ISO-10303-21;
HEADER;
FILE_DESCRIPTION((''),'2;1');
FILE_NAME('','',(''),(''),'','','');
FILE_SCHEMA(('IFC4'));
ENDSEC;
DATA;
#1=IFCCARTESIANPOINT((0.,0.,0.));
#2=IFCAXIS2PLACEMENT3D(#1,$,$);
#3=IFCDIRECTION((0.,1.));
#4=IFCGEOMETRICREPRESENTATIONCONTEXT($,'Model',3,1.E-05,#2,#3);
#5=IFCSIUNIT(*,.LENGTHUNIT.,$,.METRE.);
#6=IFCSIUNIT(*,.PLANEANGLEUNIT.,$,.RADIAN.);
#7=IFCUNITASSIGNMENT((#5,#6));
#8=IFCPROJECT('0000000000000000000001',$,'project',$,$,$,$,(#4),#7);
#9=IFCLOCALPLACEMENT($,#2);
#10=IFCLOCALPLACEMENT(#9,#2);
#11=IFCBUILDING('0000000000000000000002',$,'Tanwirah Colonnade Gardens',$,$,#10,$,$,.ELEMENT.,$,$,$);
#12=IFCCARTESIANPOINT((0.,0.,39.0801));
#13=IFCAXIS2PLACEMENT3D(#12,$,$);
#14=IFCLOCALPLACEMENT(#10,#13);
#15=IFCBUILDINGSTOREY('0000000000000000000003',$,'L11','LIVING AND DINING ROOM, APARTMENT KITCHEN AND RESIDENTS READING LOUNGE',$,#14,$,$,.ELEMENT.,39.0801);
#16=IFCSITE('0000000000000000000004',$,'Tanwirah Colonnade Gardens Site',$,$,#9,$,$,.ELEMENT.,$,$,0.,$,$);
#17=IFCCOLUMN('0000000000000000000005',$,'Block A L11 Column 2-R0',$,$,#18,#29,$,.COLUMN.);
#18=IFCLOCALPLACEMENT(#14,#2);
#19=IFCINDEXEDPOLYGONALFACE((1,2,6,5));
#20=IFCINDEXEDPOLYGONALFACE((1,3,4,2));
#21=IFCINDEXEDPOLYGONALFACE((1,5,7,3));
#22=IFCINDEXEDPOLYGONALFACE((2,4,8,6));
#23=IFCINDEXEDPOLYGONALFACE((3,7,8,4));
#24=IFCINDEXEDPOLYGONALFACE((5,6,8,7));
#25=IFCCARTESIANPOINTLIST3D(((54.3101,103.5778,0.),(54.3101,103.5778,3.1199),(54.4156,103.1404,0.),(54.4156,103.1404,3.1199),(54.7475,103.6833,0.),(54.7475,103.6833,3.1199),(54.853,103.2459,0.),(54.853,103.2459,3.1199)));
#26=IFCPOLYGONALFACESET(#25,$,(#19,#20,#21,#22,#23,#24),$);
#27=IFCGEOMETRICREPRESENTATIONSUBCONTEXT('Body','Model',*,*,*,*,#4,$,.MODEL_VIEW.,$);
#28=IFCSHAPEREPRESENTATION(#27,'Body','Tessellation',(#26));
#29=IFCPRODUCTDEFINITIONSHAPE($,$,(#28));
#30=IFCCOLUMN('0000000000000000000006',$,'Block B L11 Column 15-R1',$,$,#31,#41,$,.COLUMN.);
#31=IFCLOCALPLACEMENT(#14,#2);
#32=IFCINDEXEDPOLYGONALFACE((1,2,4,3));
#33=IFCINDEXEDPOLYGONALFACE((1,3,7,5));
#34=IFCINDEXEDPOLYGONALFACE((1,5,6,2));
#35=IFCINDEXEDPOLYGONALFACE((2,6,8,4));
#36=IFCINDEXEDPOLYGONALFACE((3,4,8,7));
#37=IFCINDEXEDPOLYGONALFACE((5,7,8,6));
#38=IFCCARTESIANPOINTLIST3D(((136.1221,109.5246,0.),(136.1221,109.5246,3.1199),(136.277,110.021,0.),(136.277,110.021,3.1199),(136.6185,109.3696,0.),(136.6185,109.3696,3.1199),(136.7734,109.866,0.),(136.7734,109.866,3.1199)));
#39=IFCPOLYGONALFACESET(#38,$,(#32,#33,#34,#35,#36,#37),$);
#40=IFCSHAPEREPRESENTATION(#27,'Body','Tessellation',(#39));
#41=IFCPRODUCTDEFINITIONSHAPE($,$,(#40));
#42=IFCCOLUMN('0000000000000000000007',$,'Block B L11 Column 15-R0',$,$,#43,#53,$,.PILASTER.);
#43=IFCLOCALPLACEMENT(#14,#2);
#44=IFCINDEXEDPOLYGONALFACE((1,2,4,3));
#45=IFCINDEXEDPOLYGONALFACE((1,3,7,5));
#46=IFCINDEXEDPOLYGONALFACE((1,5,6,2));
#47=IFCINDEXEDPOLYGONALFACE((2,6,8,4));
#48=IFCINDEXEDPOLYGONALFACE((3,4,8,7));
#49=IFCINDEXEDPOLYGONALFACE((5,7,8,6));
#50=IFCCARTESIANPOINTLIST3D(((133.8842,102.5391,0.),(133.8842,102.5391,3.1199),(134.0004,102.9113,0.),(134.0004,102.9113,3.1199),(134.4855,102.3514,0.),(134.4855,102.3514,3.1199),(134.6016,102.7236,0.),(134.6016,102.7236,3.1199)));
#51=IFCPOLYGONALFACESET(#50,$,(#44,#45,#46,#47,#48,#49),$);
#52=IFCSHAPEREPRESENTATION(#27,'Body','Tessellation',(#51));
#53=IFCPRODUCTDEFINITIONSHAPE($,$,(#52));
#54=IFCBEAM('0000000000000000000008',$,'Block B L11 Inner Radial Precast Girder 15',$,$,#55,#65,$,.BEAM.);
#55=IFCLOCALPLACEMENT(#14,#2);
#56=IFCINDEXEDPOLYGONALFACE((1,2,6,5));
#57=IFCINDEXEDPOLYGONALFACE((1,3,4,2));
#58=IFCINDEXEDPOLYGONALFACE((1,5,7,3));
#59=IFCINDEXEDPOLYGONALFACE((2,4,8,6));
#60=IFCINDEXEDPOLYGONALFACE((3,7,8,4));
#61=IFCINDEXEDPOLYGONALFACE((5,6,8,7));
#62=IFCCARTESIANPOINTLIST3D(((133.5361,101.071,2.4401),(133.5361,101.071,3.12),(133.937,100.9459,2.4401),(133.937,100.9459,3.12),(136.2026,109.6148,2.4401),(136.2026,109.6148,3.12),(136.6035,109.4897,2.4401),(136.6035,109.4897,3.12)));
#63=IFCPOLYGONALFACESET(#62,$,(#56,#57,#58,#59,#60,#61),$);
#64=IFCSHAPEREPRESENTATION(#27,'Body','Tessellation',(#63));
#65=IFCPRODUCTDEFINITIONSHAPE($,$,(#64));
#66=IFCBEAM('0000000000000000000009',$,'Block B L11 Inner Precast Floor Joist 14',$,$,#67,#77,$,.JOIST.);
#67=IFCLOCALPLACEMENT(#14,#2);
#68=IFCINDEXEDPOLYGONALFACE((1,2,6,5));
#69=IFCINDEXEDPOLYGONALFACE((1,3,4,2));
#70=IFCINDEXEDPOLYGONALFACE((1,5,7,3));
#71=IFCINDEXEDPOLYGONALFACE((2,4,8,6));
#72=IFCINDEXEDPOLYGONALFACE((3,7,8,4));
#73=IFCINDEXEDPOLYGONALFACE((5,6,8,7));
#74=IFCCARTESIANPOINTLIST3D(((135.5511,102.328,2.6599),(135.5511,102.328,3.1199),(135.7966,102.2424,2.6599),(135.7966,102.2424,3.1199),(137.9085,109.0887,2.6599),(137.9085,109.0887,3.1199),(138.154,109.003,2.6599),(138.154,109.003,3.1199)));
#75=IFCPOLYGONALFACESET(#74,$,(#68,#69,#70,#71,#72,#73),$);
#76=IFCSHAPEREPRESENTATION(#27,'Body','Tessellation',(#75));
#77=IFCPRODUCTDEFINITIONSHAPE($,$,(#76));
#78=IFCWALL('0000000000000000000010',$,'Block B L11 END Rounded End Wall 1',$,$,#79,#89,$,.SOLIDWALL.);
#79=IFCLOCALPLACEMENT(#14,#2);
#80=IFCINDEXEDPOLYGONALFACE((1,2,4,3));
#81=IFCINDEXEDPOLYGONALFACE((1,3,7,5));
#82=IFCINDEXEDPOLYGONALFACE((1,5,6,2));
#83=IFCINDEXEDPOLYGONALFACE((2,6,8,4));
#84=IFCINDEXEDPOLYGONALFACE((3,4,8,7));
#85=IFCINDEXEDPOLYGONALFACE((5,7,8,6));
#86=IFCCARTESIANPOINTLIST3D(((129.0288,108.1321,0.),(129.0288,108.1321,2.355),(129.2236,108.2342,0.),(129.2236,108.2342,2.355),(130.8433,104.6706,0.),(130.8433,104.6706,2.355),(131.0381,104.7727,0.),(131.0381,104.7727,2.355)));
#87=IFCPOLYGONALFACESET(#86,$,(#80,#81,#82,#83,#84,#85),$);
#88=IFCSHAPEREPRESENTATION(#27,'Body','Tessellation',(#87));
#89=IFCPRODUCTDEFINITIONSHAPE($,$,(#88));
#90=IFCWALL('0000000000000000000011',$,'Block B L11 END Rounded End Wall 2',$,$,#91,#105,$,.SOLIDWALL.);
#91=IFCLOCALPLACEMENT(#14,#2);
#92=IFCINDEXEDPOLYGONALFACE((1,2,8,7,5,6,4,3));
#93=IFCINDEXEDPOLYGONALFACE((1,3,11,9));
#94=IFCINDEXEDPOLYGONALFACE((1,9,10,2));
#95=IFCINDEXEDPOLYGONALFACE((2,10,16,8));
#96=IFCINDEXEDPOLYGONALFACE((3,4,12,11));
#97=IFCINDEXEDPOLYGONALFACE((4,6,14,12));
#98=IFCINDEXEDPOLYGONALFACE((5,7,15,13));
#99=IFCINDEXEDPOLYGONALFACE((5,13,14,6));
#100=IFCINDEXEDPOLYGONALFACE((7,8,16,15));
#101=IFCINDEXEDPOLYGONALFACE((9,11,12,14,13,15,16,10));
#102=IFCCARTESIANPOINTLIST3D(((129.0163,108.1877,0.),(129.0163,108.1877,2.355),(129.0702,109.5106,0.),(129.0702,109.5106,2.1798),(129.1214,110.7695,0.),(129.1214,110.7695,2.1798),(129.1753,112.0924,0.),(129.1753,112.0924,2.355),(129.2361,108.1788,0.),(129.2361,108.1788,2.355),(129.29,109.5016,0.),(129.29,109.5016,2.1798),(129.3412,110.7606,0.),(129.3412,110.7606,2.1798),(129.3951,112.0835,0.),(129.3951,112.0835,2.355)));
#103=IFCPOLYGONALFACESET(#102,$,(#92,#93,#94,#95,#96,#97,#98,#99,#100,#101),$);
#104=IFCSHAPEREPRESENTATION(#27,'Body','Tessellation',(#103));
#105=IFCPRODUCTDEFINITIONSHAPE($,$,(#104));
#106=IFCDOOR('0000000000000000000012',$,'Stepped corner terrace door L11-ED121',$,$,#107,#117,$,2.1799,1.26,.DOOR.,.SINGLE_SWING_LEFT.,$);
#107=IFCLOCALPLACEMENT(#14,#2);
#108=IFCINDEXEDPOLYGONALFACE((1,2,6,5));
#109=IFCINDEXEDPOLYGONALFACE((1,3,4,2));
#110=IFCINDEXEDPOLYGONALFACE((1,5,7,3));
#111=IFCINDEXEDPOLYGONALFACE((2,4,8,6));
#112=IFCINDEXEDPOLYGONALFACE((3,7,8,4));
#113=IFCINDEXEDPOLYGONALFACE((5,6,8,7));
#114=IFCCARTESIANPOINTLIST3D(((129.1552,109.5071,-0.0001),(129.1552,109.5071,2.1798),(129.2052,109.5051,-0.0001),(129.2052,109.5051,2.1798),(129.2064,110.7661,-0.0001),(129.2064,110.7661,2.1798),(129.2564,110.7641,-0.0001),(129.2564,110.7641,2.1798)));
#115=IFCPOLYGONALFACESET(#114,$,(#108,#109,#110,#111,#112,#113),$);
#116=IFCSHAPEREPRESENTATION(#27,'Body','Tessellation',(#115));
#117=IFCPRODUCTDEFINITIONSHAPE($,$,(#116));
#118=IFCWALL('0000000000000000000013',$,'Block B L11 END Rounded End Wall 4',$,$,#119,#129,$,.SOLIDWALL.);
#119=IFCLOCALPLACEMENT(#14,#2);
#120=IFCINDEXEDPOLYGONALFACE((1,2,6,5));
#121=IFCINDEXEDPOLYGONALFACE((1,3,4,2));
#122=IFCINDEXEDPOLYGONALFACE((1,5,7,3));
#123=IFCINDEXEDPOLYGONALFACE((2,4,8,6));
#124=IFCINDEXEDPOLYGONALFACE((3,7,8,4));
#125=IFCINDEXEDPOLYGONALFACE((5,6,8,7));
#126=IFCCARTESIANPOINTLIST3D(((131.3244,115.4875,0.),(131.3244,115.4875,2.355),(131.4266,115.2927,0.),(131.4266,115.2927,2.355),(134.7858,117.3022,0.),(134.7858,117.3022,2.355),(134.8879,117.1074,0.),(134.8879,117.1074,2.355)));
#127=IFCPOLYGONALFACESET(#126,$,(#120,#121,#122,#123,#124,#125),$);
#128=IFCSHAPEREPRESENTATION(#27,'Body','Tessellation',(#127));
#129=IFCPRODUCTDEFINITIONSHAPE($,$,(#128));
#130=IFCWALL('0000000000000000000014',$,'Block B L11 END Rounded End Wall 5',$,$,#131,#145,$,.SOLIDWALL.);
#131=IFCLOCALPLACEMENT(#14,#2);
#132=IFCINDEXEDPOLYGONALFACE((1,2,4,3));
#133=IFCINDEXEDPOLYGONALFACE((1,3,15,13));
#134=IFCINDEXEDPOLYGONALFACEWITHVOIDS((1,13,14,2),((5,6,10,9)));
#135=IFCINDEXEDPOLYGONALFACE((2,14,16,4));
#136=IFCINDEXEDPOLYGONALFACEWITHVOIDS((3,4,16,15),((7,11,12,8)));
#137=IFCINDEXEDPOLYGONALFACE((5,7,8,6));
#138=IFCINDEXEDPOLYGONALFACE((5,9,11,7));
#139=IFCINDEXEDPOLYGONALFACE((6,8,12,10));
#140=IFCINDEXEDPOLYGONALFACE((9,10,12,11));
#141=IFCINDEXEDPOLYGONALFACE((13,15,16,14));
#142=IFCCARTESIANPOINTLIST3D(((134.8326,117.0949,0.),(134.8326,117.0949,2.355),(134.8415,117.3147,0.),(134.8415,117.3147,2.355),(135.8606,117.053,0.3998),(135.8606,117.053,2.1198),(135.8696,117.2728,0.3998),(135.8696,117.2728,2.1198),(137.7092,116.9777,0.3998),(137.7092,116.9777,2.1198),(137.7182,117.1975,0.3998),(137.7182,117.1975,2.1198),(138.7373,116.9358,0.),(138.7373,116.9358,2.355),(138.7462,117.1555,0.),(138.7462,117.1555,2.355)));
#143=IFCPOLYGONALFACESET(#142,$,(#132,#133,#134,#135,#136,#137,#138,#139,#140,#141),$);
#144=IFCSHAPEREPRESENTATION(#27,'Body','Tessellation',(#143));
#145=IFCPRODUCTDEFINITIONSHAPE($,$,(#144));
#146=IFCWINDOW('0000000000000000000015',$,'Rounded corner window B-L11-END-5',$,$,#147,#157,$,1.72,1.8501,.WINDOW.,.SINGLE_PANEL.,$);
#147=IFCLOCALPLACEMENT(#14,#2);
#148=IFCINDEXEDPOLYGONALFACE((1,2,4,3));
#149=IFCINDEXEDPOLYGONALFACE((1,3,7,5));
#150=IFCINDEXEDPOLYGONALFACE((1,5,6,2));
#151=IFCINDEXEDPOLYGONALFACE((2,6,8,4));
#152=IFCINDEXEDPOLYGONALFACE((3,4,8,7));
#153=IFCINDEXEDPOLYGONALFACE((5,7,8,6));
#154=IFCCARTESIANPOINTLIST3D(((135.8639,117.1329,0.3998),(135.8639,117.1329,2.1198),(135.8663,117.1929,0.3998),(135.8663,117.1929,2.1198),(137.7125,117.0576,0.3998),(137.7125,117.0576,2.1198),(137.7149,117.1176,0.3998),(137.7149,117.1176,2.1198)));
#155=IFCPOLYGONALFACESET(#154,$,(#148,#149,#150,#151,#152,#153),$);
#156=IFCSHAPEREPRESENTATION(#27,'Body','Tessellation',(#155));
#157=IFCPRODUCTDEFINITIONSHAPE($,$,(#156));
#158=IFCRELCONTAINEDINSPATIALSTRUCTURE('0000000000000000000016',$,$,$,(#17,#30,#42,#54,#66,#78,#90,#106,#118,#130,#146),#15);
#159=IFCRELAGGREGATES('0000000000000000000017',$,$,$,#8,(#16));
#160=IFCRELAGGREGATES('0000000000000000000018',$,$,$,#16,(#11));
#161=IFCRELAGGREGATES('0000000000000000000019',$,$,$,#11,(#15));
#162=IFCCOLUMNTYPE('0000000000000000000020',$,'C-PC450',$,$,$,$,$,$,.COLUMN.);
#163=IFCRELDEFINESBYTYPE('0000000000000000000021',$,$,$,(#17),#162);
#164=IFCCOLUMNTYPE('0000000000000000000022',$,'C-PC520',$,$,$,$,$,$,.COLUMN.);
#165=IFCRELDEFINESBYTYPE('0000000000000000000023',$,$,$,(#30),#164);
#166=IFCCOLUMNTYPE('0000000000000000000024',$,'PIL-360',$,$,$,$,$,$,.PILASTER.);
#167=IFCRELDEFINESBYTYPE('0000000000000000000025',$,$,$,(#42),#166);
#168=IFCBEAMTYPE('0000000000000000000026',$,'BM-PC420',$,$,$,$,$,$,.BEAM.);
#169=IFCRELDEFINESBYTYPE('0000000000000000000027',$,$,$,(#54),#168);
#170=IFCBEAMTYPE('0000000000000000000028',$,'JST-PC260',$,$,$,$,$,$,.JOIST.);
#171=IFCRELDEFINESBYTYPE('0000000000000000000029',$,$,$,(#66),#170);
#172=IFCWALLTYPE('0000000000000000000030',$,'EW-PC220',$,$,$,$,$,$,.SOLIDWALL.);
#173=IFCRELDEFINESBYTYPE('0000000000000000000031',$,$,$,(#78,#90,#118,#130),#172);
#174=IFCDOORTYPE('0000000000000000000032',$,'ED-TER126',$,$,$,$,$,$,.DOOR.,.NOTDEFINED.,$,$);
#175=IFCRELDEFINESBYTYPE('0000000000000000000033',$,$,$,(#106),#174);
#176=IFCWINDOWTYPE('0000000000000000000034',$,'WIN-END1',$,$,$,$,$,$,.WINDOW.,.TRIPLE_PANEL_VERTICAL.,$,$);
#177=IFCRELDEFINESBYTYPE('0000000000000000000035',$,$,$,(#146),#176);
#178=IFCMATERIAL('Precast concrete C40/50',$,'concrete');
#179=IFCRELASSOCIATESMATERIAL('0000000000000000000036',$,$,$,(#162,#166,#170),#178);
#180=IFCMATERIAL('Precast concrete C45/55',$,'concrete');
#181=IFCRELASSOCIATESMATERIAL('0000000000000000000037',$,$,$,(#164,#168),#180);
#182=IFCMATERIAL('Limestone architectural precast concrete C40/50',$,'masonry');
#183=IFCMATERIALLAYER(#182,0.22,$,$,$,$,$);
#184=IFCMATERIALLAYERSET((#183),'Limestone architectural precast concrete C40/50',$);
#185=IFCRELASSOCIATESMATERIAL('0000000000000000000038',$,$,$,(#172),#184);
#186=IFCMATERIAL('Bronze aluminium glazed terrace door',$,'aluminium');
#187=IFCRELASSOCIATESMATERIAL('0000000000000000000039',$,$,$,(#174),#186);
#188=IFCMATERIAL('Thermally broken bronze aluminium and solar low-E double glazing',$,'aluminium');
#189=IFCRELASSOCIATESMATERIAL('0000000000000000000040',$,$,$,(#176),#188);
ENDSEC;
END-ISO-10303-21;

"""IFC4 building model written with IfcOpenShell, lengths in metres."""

from ifc_helpers import new_model, si_unit, direction, frame, frame_2d, origin, origin_2d, place, context, subcontext, project, spatial, rectangle, extrude, material, layer, layer_set, material_profile, profile_set, type_object, element, fill, save


model = new_model("IFC4")

# Units and contexts
model_context = context("Model", 3, precision=1e-05, world=origin(), true_north=direction((0.0, 1.0)))
body_context = subcontext(model_context, "Body", "Model", "MODEL_VIEW")
ifc_project = project(units=[si_unit("LENGTHUNIT", "METRE"), si_unit("PLANEANGLEUNIT", "RADIAN")], contexts=[model_context])

# Site, building, storey
site_placement = place(None, origin())
site = spatial("IfcSite", under=ifc_project, at=site_placement, Name="Tanwirah Colonnade Gardens Site", CompositionType="ELEMENT", RefElevation=0.0)
building_placement = place(site_placement, origin())
building = spatial("IfcBuilding", under=site, at=building_placement, Name="Tanwirah Colonnade Gardens", CompositionType="ELEMENT")
storey_placement = place(building_placement, frame((0.0, 0.0, 39.0801)))
storey = spatial("IfcBuildingStorey", under=building, at=storey_placement, Name="L11", Description="LIVING AND DINING ROOM, APARTMENT KITCHEN AND RESIDENTS READING LOUNGE", CompositionType="ELEMENT", Elevation=39.0801)

# Columns
ifc_material_1 = material(Name="Precast concrete C40/50", Category="concrete")
ifc_material_profile_1 = material_profile(ifc_material_1, rectangle(XDim=0.45, YDim=0.45, at=origin_2d()), Name="PC-COL 450x450")
ifc_profile_set_1 = profile_set([ifc_material_profile_1], Name="Precast concrete C40/50")
column_type_1 = type_object("IfcColumnType", Name="C-PC450", PredefinedType="COLUMN", material=ifc_profile_set_1)
column_1_placement = place(storey_placement, frame((54.5815, 103.4119, 0.0), z_axis=(0.0, 0.0, 1.0), x_axis=(-0.234388, 0.972143, 0.0)))
element("IfcColumn", 1, at=column_1_placement, inside=storey, type_object=column_type_1, Name="Block A L11 Column 2-R0", PredefinedType="COLUMN", context=body_context, shape_type="SweptSolid", body=[
    extrude(rectangle(XDim=0.45, YDim=0.45, at=origin_2d()), origin(), (0.0, 0.0, 1.0), 3.1199),
])
ifc_material_2 = material(Name="Precast concrete C45/55", Category="concrete")
ifc_material_profile_2 = material_profile(ifc_material_2, rectangle(XDim=0.52, YDim=0.52, at=origin_2d()), Name="PC-COL 520x520")
ifc_profile_set_2 = profile_set([ifc_material_profile_2], Name="Precast concrete C45/55")
column_type_2 = type_object("IfcColumnType", Name="C-PC520", PredefinedType="COLUMN", material=ifc_profile_set_2)
column_2_placement = place(storey_placement, frame((136.4478, 109.6953, 0.0), z_axis=(0.0, 0.0, 1.0), x_axis=(0.29793, 0.954588, 0.0)))
element("IfcColumn", 2, at=column_2_placement, inside=storey, type_object=column_type_2, Name="Block B L11 Column 15-R1", PredefinedType="COLUMN", context=body_context, shape_type="SweptSolid", body=[
    extrude(rectangle(XDim=0.52, YDim=0.52, at=origin_2d()), origin(), (0.0, 0.0, 1.0), 3.1199),
])
ifc_material_profile_3 = material_profile(ifc_material_1, rectangle(XDim=0.3899, YDim=0.6299, at=origin_2d()), Name="PC-PIL 390x630")
ifc_profile_set_3 = profile_set([ifc_material_profile_3], Name="Precast concrete C40/50")
column_type_3 = type_object("IfcColumnType", Name="PIL-360", PredefinedType="PILASTER", material=ifc_profile_set_3)
column_3_placement = place(storey_placement, frame((134.2429, 102.6313, 0.0), z_axis=(0.0, 0.0, 1.0), x_axis=(0.29793, 0.954588, 0.0)))
element("IfcColumn", 3, at=column_3_placement, inside=storey, type_object=column_type_3, Name="Block B L11 Column 15-R0", PredefinedType="PILASTER", context=body_context, shape_type="SweptSolid", body=[
    extrude(rectangle(XDim=0.3899, YDim=0.6299, at=origin_2d()), origin(), (0.0, 0.0, 1.0), 3.1199),
])

# Beams
ifc_material_profile_4 = material_profile(ifc_material_2, rectangle(XDim=0.4199, YDim=0.6799, at=origin_2d()), Name="PC-BM 420x680")
ifc_profile_set_4 = profile_set([ifc_material_profile_4], Name="Precast concrete C45/55")
beam_type_1 = type_object("IfcBeamType", Name="BM-PC420", PredefinedType="BEAM", material=ifc_profile_set_4)
beam_1_placement = place(storey_placement, frame((136.4031, 109.5522, 2.78), z_axis=(-0.297929, -0.954588, 0.0), x_axis=(0.954588, -0.297929, 0.0)))
element("IfcBeam", 4, at=beam_1_placement, inside=storey, type_object=beam_type_1, Name="Block B L11 Inner Radial Precast Girder 15", PredefinedType="BEAM", context=body_context, shape_type="SweptSolid", body=[
    extrude(rectangle(XDim=0.4199, YDim=0.6799, at=origin_2d()), origin(), (0.0, 0.0, 1.0), 8.9502),
])
ifc_material_profile_5 = material_profile(ifc_material_1, rectangle(XDim=0.26, YDim=0.46, at=origin_2d()), Name="PC-JST 260x460")
ifc_profile_set_5 = profile_set([ifc_material_profile_5], Name="Precast concrete C40/50")
beam_type_2 = type_object("IfcBeamType", Name="JST-PC260", PredefinedType="JOIST", material=ifc_profile_set_5)
beam_2_placement = place(storey_placement, frame((135.6738, 102.2852, 2.8899), z_axis=(0.329251, 0.944243, 0.0), x_axis=(-0.944243, 0.329251, 0.0)))
element("IfcBeam", 5, at=beam_2_placement, inside=storey, type_object=beam_type_2, Name="Block B L11 Inner Precast Floor Joist 14", PredefinedType="JOIST", context=body_context, shape_type="SweptSolid", body=[
    extrude(rectangle(XDim=0.26, YDim=0.46, at=origin_2d()), origin(), (0.0, 0.0, 1.0), 7.1599),
])

# Wall
ifc_material_3 = material(Name="Limestone architectural precast concrete C40/50", Category="masonry")
ifc_layer_1 = layer(ifc_material_3, 0.22)
ifc_layer_set_1 = layer_set([ifc_layer_1], Name="Limestone architectural precast concrete C40/50")
wall_type_1 = type_object("IfcWallType", Name="EW-PC220", PredefinedType="SOLIDWALL", material=ifc_layer_set_1)
wall_1_placement = place(storey_placement, frame((130.9407, 104.7217, 0.0), z_axis=(0.0, 0.0, 1.0), x_axis=(-0.464273, 0.885692, 0.0)))
element("IfcWall", 6, at=wall_1_placement, inside=storey, type_object=wall_type_1, Name="Block B L11 END Rounded End Wall 1", PredefinedType="SOLIDWALL", context=body_context, shape_type="SweptSolid", body=[
    extrude(rectangle(XDim=3.9082, YDim=0.22, at=frame_2d((1.9541, 0.0))), origin(), (0.0, 0.0, 1.0), 2.355),
])

# Wall, opening, door
wall_2_placement = place(storey_placement, frame((129.1262, 108.1831, 0.0), z_axis=(0.0, 0.0, 1.0), x_axis=(0.040669, 0.999173, 0.0)))
wall_2 = element("IfcWall", 7, at=wall_2_placement, inside=storey, type_object=wall_type_1, Name="Block B L11 END Rounded End Wall 2", PredefinedType="SOLIDWALL", context=body_context, shape_type="SweptSolid", body=[
    extrude(rectangle(XDim=3.908, YDim=0.22, at=frame_2d((1.9541, 0.0))), origin(), (0.0, 0.0, 1.0), 2.355),
])
opening_1_placement = place(wall_2_placement, frame((1.3242, 0.0, 0.0)))
opening_1 = element("IfcOpeningElement", 8, at=opening_1_placement, cuts=wall_2, PredefinedType="OPENING", context=body_context, shape_type="SweptSolid", body=[
    extrude(rectangle(XDim=1.26, YDim=2.1799, at=frame_2d((0.6299, 1.0898))), frame((0.0, 0.1199, 0.0), z_axis=(0.0, -1.0, 0.0), x_axis=(1.0, 0.0, 0.0)), (0.0, 0.0, 1.0), 0.24),
])
ifc_material_4 = material(Name="Bronze aluminium glazed terrace door", Category="aluminium")
door_type = type_object("IfcDoorType", Name="ED-TER126", OperationType="NOTDEFINED", PredefinedType="DOOR", material=ifc_material_4)
door_1_placement = place(opening_1_placement, origin())
door_1 = element("IfcDoor", 9, at=door_1_placement, inside=storey, type_object=door_type, Name="Stepped corner terrace door L11-ED121", OperationType="SINGLE_SWING_LEFT", OverallHeight=2.1799, OverallWidth=1.26, PredefinedType="DOOR", context=body_context, shape_type="SweptSolid", body=[
    extrude(rectangle(XDim=1.26, YDim=2.1799, at=frame_2d((0.6299, 1.0898))), frame((0.0, 0.0249, 0.0), z_axis=(0.0, -1.0, 0.0), x_axis=(1.0, 0.0, 0.0)), (0.0, 0.0, 1.0), 0.05),
])
fill(opening_1, door_1)

# Wall
wall_3_placement = place(storey_placement, frame((131.3755, 115.3901, 0.0), z_axis=(0.0, 0.0, 1.0), x_axis=(0.885666, 0.464322, 0.0)))
element("IfcWall", 10, at=wall_3_placement, inside=storey, type_object=wall_type_1, Name="Block B L11 END Rounded End Wall 4", PredefinedType="SOLIDWALL", context=body_context, shape_type="SweptSolid", body=[
    extrude(rectangle(XDim=3.9082, YDim=0.22, at=frame_2d((1.9541, 0.0))), origin(), (0.0, 0.0, 1.0), 2.355),
])

# Wall, opening, window
wall_4_placement = place(storey_placement, frame((134.8369, 117.2048, 0.0), z_axis=(0.0, 0.0, 1.0), x_axis=(0.99917, -0.040731, 0.0)))
wall_4 = element("IfcWall", 11, at=wall_4_placement, inside=storey, type_object=wall_type_1, Name="Block B L11 END Rounded End Wall 5", PredefinedType="SOLIDWALL", context=body_context, shape_type="SweptSolid", body=[
    extrude(rectangle(XDim=3.908, YDim=0.22, at=frame_2d((1.9541, 0.0))), origin(), (0.0, 0.0, 1.0), 2.355),
])
opening_2_placement = place(wall_4_placement, frame((1.0291, 0.0, 0.3999)))
opening_2 = element("IfcOpeningElement", 12, at=opening_2_placement, cuts=wall_4, PredefinedType="OPENING", context=body_context, shape_type="SweptSolid", body=[
    extrude(rectangle(XDim=1.8501, YDim=1.72, at=frame_2d((0.925, 0.8599))), frame((0.0, 0.1199, 0.0), z_axis=(0.0, -1.0, 0.0), x_axis=(1.0, 0.0, 0.0)), (0.0, 0.0, 1.0), 0.24),
])
ifc_material_5 = material(Name="Thermally broken bronze aluminium and solar low-E double glazing", Category="aluminium")
window_type_1 = type_object("IfcWindowType", Name="WIN-END1", PartitioningType="TRIPLE_PANEL_VERTICAL", PredefinedType="WINDOW", material=ifc_material_5)
window_1_placement = place(opening_2_placement, origin())
window_1 = element("IfcWindow", 13, at=window_1_placement, inside=storey, type_object=window_type_1, Name="Rounded corner window B-L11-END-5", OverallHeight=1.72, OverallWidth=1.8501, PartitioningType="SINGLE_PANEL", PredefinedType="WINDOW", context=body_context, shape_type="SweptSolid", body=[
    extrude(rectangle(XDim=1.8501, YDim=1.72, at=frame_2d((0.925, 0.8599))), frame((0.0, 0.03, 0.0), z_axis=(0.0, -1.0, 0.0), x_axis=(1.0, 0.0, 0.0)), (0.0, 0.0, 1.0), 0.0601),
])
fill(opening_2, window_1)

save(model, "model.ifc")
